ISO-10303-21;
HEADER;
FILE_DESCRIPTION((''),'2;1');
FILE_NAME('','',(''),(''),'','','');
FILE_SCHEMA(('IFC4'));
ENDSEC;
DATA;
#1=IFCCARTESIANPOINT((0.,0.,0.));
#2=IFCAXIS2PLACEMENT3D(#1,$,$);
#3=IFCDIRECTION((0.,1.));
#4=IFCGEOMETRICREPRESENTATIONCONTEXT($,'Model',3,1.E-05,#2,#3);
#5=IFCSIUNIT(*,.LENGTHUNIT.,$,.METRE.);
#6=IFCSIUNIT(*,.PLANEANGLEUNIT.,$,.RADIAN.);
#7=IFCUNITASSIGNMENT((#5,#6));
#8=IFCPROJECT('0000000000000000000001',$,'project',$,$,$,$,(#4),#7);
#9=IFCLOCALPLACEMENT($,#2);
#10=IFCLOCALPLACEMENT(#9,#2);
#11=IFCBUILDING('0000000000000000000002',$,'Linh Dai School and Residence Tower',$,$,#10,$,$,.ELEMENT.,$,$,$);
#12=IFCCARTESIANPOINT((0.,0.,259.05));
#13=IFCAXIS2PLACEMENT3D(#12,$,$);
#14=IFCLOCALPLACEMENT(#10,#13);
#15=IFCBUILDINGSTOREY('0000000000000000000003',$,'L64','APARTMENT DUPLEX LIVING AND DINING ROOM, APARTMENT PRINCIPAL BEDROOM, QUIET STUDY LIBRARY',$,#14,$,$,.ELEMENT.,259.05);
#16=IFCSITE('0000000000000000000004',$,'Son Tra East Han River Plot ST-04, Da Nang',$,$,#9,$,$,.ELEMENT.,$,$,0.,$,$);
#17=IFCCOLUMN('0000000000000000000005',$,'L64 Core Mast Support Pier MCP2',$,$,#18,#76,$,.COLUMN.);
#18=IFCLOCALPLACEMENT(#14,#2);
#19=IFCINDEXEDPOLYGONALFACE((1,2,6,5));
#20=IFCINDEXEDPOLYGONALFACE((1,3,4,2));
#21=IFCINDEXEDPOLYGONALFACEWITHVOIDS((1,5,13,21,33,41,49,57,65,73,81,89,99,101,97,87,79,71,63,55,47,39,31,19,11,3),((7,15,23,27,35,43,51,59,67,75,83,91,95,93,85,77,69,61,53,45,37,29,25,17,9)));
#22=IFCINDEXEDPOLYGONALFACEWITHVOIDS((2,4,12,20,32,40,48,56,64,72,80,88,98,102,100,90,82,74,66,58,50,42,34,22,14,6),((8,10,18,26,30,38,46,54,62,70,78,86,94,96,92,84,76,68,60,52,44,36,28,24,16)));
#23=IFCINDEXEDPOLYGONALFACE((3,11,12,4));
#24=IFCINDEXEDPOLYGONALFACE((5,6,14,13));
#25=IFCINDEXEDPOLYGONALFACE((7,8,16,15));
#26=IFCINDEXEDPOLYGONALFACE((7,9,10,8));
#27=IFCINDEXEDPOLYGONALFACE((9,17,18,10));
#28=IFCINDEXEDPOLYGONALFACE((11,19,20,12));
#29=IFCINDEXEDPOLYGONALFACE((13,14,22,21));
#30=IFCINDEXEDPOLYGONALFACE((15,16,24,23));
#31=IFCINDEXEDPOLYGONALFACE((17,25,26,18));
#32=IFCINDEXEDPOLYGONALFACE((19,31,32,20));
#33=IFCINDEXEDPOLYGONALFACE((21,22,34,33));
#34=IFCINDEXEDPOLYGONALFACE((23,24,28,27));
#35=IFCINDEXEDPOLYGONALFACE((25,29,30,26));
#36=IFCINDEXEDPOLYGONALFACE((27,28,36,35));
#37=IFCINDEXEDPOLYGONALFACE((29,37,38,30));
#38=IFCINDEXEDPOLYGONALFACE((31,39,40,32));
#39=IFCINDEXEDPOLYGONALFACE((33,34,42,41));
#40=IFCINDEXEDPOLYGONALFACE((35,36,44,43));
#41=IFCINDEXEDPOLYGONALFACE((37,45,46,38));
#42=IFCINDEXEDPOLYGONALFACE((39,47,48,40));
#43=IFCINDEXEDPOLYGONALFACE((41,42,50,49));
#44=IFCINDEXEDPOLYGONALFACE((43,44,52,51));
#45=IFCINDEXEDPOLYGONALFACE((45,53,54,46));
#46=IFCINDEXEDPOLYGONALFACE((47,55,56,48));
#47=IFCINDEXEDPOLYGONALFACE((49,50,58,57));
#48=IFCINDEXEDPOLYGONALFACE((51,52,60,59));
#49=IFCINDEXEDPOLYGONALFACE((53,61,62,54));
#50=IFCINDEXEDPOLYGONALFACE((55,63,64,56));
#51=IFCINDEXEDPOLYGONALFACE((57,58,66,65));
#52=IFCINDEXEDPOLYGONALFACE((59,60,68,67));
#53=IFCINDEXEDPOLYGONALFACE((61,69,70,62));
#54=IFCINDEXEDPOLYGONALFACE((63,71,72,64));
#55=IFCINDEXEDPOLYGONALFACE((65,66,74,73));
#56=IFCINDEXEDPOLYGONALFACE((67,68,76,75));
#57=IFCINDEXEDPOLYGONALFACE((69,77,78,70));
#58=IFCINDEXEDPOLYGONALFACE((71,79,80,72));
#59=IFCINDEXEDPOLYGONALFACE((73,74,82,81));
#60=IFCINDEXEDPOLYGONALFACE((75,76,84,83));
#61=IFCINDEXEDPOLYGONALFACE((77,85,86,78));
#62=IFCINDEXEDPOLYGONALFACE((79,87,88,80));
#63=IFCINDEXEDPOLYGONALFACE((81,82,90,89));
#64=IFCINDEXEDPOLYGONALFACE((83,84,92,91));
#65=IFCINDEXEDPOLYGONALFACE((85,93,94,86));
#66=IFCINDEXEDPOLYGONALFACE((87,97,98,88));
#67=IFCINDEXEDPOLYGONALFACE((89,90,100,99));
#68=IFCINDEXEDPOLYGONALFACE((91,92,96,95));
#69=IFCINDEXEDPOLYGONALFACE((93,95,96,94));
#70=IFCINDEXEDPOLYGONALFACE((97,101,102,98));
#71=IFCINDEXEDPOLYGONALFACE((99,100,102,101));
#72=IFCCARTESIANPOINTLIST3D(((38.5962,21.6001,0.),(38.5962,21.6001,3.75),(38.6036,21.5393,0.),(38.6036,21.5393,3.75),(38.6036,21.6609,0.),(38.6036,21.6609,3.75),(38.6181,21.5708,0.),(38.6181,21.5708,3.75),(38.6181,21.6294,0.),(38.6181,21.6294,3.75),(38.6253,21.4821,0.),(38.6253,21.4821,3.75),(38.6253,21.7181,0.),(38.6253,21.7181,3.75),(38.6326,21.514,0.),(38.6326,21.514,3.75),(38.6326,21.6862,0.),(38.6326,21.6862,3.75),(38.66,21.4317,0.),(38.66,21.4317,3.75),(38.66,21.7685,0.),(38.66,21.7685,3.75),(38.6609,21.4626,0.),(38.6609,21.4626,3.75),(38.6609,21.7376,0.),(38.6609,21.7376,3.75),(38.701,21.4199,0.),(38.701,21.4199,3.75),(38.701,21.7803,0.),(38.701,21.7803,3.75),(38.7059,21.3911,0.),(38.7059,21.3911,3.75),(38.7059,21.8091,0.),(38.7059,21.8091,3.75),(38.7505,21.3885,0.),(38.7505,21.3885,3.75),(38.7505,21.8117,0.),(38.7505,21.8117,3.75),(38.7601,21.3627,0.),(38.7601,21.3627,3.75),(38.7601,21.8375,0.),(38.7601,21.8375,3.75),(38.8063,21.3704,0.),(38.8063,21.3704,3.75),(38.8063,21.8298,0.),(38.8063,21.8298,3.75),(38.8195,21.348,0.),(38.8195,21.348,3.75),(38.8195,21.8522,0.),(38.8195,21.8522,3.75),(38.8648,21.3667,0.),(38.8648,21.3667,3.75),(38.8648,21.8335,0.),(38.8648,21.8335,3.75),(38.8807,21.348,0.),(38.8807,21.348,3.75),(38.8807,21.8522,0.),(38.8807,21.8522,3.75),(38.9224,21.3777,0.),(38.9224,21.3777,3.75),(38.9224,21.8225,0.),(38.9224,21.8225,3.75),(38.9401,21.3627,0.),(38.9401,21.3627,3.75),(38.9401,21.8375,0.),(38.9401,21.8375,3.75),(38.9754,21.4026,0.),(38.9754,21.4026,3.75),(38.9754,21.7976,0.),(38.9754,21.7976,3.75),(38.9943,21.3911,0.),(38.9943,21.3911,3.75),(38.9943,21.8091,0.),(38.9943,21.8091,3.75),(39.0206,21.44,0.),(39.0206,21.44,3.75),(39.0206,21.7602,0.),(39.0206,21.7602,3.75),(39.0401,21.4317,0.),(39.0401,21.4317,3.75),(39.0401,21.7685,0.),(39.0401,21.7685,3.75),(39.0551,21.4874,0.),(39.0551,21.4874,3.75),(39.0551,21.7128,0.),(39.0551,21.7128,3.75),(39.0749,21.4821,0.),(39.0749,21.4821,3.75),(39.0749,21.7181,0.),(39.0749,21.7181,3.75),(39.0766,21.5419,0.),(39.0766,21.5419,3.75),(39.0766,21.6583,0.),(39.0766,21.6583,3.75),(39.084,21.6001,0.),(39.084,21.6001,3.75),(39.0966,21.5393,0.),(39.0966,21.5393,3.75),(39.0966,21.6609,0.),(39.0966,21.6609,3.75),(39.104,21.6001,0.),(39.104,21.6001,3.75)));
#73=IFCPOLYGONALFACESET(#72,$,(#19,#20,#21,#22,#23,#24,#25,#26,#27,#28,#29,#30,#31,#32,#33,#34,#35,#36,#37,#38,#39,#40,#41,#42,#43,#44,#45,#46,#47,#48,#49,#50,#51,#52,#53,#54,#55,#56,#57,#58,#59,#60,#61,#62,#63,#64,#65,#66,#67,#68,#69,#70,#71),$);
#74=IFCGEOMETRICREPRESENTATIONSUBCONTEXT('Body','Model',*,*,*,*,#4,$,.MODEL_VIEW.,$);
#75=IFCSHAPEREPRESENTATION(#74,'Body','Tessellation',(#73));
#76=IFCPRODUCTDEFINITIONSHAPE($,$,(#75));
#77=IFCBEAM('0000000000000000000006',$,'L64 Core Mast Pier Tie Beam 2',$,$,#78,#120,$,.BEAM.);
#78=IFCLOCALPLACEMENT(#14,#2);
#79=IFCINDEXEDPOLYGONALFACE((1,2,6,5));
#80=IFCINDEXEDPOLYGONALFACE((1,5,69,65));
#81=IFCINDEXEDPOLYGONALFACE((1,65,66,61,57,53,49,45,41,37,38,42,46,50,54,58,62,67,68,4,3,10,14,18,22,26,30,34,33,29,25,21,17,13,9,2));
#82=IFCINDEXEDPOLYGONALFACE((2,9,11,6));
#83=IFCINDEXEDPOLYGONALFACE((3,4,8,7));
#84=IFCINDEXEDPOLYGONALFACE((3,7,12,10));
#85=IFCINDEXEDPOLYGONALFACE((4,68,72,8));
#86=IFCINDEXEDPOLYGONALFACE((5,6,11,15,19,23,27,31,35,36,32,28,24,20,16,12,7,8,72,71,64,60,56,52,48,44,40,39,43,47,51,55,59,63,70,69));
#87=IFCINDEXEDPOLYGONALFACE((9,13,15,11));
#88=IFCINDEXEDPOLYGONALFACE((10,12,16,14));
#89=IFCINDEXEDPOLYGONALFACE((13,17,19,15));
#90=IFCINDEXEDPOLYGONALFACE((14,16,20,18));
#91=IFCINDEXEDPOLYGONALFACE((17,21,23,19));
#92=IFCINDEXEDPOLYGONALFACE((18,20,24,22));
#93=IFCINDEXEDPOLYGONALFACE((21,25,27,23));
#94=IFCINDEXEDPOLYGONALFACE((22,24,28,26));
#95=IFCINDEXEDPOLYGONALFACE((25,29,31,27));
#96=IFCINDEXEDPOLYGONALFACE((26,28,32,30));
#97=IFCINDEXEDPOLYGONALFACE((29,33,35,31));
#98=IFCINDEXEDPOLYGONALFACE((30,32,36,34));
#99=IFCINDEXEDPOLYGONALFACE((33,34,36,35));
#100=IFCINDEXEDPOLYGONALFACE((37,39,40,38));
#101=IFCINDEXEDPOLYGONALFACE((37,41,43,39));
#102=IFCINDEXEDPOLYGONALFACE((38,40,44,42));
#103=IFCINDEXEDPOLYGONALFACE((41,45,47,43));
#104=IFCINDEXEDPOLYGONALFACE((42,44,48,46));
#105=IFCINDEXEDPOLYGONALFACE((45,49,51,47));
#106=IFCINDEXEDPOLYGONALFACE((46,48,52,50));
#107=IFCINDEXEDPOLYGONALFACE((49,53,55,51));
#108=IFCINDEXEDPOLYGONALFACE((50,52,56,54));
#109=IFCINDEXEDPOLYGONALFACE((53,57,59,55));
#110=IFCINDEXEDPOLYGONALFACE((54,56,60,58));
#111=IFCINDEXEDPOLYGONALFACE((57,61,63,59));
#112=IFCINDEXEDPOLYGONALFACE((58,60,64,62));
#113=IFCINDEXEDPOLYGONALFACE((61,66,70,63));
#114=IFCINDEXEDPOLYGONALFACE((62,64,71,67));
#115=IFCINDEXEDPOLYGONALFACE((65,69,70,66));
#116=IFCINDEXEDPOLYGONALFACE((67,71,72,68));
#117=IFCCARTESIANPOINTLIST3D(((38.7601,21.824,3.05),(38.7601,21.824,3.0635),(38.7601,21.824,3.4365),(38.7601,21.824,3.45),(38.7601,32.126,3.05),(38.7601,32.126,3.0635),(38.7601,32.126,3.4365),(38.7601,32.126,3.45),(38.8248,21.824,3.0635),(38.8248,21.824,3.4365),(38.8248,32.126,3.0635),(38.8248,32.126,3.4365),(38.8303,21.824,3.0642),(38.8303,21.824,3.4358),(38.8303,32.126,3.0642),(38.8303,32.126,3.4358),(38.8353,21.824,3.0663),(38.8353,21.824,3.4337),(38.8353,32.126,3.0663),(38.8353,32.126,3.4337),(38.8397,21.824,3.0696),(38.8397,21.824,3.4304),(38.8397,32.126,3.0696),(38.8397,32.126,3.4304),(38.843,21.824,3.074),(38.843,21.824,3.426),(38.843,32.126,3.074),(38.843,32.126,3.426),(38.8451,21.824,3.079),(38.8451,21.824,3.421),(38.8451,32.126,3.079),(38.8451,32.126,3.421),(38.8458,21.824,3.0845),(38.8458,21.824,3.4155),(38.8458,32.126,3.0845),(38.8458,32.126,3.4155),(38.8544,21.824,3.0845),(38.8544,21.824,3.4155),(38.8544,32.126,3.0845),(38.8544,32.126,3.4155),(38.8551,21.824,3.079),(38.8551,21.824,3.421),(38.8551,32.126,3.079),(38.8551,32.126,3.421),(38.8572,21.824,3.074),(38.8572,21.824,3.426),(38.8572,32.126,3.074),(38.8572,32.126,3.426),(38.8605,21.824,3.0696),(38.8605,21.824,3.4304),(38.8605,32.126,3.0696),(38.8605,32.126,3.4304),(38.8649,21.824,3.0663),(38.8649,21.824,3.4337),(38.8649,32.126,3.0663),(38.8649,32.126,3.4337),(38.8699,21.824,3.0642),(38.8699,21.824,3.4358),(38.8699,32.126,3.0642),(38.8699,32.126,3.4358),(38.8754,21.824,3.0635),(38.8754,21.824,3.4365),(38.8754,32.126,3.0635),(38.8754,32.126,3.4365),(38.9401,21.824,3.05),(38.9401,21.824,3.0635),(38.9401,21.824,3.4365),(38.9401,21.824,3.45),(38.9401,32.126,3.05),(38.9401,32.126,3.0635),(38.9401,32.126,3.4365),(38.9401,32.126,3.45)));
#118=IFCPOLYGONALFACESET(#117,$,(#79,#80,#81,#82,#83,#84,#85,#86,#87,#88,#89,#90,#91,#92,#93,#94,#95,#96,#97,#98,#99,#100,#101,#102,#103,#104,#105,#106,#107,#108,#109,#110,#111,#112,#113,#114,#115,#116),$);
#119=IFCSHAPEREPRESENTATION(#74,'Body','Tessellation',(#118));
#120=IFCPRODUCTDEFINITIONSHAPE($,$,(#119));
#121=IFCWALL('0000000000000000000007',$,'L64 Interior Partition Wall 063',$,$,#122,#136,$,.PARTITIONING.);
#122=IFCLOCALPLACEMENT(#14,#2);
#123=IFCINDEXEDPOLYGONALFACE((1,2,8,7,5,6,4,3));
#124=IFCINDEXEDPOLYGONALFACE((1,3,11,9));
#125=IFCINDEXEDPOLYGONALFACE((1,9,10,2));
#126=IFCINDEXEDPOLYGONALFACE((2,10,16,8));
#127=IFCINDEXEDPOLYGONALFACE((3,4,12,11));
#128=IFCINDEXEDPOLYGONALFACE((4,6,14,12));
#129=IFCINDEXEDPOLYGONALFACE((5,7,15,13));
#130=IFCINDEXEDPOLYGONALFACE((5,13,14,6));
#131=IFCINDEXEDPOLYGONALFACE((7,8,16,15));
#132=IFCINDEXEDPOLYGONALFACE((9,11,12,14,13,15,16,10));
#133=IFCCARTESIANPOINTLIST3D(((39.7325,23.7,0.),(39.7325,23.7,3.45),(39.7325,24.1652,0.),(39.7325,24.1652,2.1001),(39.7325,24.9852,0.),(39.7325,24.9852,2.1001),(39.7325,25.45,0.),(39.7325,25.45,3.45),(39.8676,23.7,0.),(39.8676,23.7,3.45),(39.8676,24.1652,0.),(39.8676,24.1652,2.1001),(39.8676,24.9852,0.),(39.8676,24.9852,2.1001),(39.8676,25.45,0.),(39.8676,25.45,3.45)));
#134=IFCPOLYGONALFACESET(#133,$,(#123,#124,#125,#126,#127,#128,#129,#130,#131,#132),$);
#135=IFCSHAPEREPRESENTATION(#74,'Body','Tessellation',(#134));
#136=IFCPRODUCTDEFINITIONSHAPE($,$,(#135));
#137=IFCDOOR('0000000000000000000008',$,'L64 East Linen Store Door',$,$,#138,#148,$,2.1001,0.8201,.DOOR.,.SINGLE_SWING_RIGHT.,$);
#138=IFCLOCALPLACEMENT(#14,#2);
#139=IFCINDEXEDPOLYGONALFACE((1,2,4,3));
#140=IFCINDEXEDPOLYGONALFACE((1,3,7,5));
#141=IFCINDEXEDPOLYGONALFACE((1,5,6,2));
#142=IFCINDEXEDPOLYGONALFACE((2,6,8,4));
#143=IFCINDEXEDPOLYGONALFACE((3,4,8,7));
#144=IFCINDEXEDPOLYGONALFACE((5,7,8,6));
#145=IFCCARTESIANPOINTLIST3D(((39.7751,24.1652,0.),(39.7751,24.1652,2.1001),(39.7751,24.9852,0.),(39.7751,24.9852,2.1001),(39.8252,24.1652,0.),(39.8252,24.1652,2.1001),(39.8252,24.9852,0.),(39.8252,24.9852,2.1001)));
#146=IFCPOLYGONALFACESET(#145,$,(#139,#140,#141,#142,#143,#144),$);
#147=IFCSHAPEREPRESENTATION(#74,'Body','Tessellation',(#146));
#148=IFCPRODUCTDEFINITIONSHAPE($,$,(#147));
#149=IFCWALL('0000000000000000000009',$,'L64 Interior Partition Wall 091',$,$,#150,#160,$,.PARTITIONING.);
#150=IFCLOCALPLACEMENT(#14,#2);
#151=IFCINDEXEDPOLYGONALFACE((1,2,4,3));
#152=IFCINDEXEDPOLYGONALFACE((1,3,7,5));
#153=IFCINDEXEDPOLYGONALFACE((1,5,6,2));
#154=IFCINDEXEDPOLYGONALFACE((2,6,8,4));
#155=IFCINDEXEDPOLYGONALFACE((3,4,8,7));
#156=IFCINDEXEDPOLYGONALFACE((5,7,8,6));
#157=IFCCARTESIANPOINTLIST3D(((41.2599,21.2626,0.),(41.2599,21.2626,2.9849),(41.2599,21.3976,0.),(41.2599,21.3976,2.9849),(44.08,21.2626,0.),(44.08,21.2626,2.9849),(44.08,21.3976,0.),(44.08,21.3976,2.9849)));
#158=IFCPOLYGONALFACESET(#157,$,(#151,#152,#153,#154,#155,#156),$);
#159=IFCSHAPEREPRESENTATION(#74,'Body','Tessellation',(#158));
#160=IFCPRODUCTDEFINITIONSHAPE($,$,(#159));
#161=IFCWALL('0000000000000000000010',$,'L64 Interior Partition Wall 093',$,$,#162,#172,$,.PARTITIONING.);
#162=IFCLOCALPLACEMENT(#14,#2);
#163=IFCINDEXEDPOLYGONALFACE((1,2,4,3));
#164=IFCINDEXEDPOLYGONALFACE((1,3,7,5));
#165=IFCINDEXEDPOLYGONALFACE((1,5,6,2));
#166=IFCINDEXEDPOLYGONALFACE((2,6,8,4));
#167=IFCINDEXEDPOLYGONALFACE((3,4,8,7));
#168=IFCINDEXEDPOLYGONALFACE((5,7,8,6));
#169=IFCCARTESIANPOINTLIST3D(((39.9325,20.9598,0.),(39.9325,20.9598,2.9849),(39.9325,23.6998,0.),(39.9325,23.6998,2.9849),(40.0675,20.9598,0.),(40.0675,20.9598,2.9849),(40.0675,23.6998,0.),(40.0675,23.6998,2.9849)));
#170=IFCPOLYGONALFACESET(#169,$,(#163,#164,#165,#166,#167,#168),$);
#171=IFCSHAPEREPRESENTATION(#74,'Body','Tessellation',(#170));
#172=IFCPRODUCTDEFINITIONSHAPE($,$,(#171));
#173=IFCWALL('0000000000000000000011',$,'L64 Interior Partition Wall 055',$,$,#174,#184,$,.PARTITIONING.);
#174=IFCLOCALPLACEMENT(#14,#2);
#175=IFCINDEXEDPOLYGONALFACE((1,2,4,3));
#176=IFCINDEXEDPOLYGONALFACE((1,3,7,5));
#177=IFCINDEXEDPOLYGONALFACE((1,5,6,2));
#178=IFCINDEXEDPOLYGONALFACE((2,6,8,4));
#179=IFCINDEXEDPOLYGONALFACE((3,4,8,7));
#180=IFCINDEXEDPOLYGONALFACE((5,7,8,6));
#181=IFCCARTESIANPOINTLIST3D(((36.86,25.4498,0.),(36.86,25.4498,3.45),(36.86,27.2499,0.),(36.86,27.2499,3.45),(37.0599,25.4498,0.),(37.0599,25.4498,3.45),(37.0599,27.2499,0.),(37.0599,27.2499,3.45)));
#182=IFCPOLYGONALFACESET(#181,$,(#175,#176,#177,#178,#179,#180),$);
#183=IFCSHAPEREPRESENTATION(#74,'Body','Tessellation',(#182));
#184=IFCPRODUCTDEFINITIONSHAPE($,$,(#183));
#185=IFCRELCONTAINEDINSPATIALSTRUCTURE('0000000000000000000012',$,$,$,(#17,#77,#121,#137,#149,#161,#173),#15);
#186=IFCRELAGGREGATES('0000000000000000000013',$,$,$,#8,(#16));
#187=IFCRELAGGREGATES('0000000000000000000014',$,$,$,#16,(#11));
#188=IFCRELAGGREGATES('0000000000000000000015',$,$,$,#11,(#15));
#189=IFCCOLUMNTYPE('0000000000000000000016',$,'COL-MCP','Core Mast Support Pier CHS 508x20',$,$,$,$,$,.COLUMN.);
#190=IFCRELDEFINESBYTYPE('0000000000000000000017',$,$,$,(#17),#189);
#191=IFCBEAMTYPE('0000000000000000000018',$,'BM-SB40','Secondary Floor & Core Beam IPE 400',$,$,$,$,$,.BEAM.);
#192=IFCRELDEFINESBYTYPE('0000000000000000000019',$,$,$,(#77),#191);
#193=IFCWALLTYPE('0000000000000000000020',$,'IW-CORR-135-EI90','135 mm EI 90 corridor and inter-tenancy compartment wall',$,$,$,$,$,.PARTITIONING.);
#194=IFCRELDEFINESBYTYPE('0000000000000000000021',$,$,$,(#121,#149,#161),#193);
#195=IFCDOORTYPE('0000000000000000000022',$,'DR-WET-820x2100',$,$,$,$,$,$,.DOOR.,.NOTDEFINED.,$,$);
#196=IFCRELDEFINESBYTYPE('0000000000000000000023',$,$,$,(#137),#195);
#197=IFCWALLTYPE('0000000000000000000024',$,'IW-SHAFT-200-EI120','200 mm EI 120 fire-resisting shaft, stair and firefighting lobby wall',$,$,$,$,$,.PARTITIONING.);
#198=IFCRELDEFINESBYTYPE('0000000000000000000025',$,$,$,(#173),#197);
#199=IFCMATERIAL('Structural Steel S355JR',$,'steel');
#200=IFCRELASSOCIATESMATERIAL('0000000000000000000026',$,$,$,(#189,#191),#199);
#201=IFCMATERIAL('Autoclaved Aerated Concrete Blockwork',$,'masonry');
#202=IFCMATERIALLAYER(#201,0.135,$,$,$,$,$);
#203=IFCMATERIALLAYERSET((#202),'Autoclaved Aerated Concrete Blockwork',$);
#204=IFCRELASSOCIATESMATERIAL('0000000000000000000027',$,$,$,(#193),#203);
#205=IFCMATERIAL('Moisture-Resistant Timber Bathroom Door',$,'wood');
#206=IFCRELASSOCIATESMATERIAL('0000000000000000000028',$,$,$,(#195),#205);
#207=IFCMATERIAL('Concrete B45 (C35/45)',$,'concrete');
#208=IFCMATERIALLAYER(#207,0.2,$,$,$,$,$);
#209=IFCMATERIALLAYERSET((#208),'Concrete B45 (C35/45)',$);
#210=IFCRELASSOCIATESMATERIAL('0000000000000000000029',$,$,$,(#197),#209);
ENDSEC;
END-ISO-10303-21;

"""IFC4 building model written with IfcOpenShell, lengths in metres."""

from ifc_helpers import new_model, si_unit, direction, frame, frame_2d, origin, origin_2d, place, context, subcontext, project, spatial, rectangle, hollow_circle, i_section, extrude, source, transform, mapped, material, layer, layer_set, material_profile, profile_set, type_object, element, fill, save


model = new_model("IFC4")

# Units and contexts
model_context = context("Model", 3, precision=1e-05, world=origin(), true_north=direction((0.0, 1.0)))
body_context = subcontext(model_context, "Body", "Model", "MODEL_VIEW")
ifc_project = project(units=[si_unit("LENGTHUNIT", "METRE"), si_unit("PLANEANGLEUNIT", "RADIAN")], contexts=[model_context])

# Site, building, storey
site_placement = place(None, origin())
site = spatial("IfcSite", under=ifc_project, at=site_placement, Name="Son Tra East Han River Plot ST-04, Da Nang", CompositionType="ELEMENT", RefElevation=0.0)
building_placement = place(site_placement, origin())
building = spatial("IfcBuilding", under=site, at=building_placement, Name="Linh Dai School and Residence Tower", CompositionType="ELEMENT")
storey_placement = place(building_placement, frame((0.0, 0.0, 259.05)))
storey = spatial("IfcBuildingStorey", under=building, at=storey_placement, Name="L64", Description="APARTMENT DUPLEX LIVING AND DINING ROOM, APARTMENT PRINCIPAL BEDROOM, QUIET STUDY LIBRARY", CompositionType="ELEMENT", Elevation=259.05)

# Column
ifc_material_1 = material(Name="Structural Steel S355JR", Category="steel")
ifc_material_profile_1 = material_profile(ifc_material_1, hollow_circle(Radius=0.2539, WallThickness=0.02, at=origin_2d()), Name="CHS 508x20")
ifc_profile_set_1 = profile_set([ifc_material_profile_1], Name="Structural Steel S355JR")
column_type_1 = type_object("IfcColumnType", Name="COL-MCP", Description="Core Mast Support Pier CHS 508x20", PredefinedType="COLUMN", material=ifc_profile_set_1)
column_placement = place(storey_placement, frame((38.8501, 21.6001, 0.0), z_axis=(0.0, 0.0, 1.0), x_axis=(1.0, 0.0, 0.0)))
element("IfcColumn", 1, at=column_placement, inside=storey, type_object=column_type_1, Name="L64 Core Mast Support Pier MCP2", PredefinedType="COLUMN", context=body_context, shape_type="SweptSolid", body=[
    extrude(hollow_circle(Radius=0.2539, WallThickness=0.02, at=origin_2d()), origin(), (0.0, 0.0, 1.0), 3.75),
])

# Beam
ifc_material_profile_2 = material_profile(ifc_material_1, i_section(OverallWidth=0.1799, OverallDepth=0.3999, WebThickness=0.0085, FlangeThickness=0.0134, FilletRadius=0.021, at=origin_2d()), Name="IPE 400")
ifc_profile_set_2 = profile_set([ifc_material_profile_2], Name="Structural Steel S355JR")
beam_type = type_object("IfcBeamType", Name="BM-SB40", Description="Secondary Floor & Core Beam IPE 400", PredefinedType="BEAM", material=ifc_profile_set_2)
beam_placement = place(storey_placement, frame((38.8501, 21.824, 3.25), z_axis=(0.0, 1.0, 0.0), x_axis=(-1.0, 0.0, 0.0)))
element("IfcBeam", 2, at=beam_placement, inside=storey, type_object=beam_type, Name="L64 Core Mast Pier Tie Beam 2", PredefinedType="BEAM", context=body_context, shape_type="SweptSolid", body=[
    extrude(i_section(OverallWidth=0.1799, OverallDepth=0.3999, WebThickness=0.0085, FlangeThickness=0.0134, FilletRadius=0.021, at=origin_2d()), origin(), (0.0, 0.0, 1.0), 10.302),
])

# Wall, opening, door
ifc_material_2 = material(Name="Autoclaved Aerated Concrete Blockwork", Category="masonry")
ifc_layer_1 = layer(ifc_material_2, 0.135)
ifc_layer_set_1 = layer_set([ifc_layer_1], Name="Autoclaved Aerated Concrete Blockwork")
wall_type_1 = type_object("IfcWallType", Name="IW-CORR-135-EI90", Description="135 mm EI 90 corridor and inter-tenancy compartment wall", PredefinedType="PARTITIONING", material=ifc_layer_set_1)
wall_1_placement = place(storey_placement, frame((39.8, 23.7, 0.0), z_axis=(0.0, 0.0, 1.0), x_axis=(0.0, 1.0, 0.0)))
wall_1 = element("IfcWall", 3, at=wall_1_placement, inside=storey, type_object=wall_type_1, Name="L64 Interior Partition Wall 063", PredefinedType="PARTITIONING", context=body_context, shape_type="SweptSolid", body=[
    extrude(rectangle(XDim=1.75, YDim=0.135, at=frame_2d((0.875, 0.0))), origin(), (0.0, 0.0, 1.0), 3.45),
])
opening_placement = place(wall_1_placement, frame((0.4651, 0.0, 0.0)))
opening = element("IfcOpeningElement", 4, at=opening_placement, cuts=wall_1, PredefinedType="OPENING", context=body_context, shape_type="SweptSolid", body=[
    extrude(rectangle(XDim=0.8201, YDim=2.1001, at=origin_2d()), frame((0.4102, 0.0776, 1.05), z_axis=(0.0, -1.0, 0.0), x_axis=(1.0, 0.0, 0.0)), (0.0, 0.0, 1.0), 0.155),
])
ifc_material_3 = material(Name="Moisture-Resistant Timber Bathroom Door", Category="wood")
door_type = type_object("IfcDoorType", Name="DR-WET-820x2100", OperationType="NOTDEFINED", PredefinedType="DOOR", material=ifc_material_3)
shared_shape_1 = source(origin(), body_context, "Body", "SweptSolid", [
    extrude(rectangle(XDim=0.8201, YDim=2.1001, at=origin_2d()), frame((0.4102, 0.0249, 1.05), z_axis=(0.0, -1.0, 0.0), x_axis=(1.0, 0.0, 0.0)), (0.0, 0.0, 1.0), 0.05),
])
door_placement = place(opening_placement, origin())
door = element("IfcDoor", 5, at=door_placement, inside=storey, type_object=door_type, Name="L64 East Linen Store Door", OperationType="SINGLE_SWING_RIGHT", OverallHeight=2.1001, OverallWidth=0.8201, PredefinedType="DOOR", context=body_context, shape_type="MappedRepresentation", body=[
    mapped(shared_shape_1, transform((0.0, 0.0, 0.0), x_axis=(1.0, 0.0, 0.0), y_axis=(0.0, 1.0, 0.0), z_axis=(0.0, 0.0, 1.0), scale=1.0)),
])
fill(opening, door)

# Walls
wall_2_placement = place(storey_placement, frame((44.0801, 21.3301, 0.0), z_axis=(0.0, 0.0, 1.0), x_axis=(-1.0, 0.0, 0.0)))
element("IfcWall", 6, at=wall_2_placement, inside=storey, type_object=wall_type_1, Name="L64 Interior Partition Wall 091", PredefinedType="PARTITIONING", context=body_context, shape_type="SweptSolid", body=[
    extrude(rectangle(XDim=2.8201, YDim=0.135, at=frame_2d((1.4102, 0.0))), origin(), (0.0, 0.0, 1.0), 2.9849),
])
wall_3_placement = place(storey_placement, frame((40.0, 23.7, 0.0), z_axis=(0.0, 0.0, 1.0), x_axis=(0.0, -1.0, 0.0)))
element("IfcWall", 7, at=wall_3_placement, inside=storey, type_object=wall_type_1, Name="L64 Interior Partition Wall 093", PredefinedType="PARTITIONING", context=body_context, shape_type="SweptSolid", body=[
    extrude(rectangle(XDim=2.74, YDim=0.135, at=frame_2d((1.3701, 0.0))), origin(), (0.0, 0.0, 1.0), 2.9849),
])
ifc_material_4 = material(Name="Concrete B45 (C35/45)", Category="concrete")
ifc_layer_2 = layer(ifc_material_4, 0.2)
ifc_layer_set_2 = layer_set([ifc_layer_2], Name="Concrete B45 (C35/45)")
wall_type_2 = type_object("IfcWallType", Name="IW-SHAFT-200-EI120", Description="200 mm EI 120 fire-resisting shaft, stair and firefighting lobby wall", PredefinedType="PARTITIONING", material=ifc_layer_set_2)
for number, where, z_axis, x_axis, name in (
    (8, (36.96, 25.45, 0.0), (0.0, 0.0, 1.0), (0.0, 1.0, 0.0), "L64 Interior Partition Wall 055"),
):
    element("IfcWall", number, at=place(storey_placement, frame(where, z_axis=z_axis, x_axis=x_axis)), inside=storey, type_object=wall_type_2, Name=name, PredefinedType="PARTITIONING", context=body_context, shape_type="SweptSolid", body=[
        extrude(rectangle(XDim=1.8, YDim=0.2, at=frame_2d((0.8999, 0.0))), origin(), (0.0, 0.0, 1.0), 3.45),
    ])

save(model, "model.ifc")
